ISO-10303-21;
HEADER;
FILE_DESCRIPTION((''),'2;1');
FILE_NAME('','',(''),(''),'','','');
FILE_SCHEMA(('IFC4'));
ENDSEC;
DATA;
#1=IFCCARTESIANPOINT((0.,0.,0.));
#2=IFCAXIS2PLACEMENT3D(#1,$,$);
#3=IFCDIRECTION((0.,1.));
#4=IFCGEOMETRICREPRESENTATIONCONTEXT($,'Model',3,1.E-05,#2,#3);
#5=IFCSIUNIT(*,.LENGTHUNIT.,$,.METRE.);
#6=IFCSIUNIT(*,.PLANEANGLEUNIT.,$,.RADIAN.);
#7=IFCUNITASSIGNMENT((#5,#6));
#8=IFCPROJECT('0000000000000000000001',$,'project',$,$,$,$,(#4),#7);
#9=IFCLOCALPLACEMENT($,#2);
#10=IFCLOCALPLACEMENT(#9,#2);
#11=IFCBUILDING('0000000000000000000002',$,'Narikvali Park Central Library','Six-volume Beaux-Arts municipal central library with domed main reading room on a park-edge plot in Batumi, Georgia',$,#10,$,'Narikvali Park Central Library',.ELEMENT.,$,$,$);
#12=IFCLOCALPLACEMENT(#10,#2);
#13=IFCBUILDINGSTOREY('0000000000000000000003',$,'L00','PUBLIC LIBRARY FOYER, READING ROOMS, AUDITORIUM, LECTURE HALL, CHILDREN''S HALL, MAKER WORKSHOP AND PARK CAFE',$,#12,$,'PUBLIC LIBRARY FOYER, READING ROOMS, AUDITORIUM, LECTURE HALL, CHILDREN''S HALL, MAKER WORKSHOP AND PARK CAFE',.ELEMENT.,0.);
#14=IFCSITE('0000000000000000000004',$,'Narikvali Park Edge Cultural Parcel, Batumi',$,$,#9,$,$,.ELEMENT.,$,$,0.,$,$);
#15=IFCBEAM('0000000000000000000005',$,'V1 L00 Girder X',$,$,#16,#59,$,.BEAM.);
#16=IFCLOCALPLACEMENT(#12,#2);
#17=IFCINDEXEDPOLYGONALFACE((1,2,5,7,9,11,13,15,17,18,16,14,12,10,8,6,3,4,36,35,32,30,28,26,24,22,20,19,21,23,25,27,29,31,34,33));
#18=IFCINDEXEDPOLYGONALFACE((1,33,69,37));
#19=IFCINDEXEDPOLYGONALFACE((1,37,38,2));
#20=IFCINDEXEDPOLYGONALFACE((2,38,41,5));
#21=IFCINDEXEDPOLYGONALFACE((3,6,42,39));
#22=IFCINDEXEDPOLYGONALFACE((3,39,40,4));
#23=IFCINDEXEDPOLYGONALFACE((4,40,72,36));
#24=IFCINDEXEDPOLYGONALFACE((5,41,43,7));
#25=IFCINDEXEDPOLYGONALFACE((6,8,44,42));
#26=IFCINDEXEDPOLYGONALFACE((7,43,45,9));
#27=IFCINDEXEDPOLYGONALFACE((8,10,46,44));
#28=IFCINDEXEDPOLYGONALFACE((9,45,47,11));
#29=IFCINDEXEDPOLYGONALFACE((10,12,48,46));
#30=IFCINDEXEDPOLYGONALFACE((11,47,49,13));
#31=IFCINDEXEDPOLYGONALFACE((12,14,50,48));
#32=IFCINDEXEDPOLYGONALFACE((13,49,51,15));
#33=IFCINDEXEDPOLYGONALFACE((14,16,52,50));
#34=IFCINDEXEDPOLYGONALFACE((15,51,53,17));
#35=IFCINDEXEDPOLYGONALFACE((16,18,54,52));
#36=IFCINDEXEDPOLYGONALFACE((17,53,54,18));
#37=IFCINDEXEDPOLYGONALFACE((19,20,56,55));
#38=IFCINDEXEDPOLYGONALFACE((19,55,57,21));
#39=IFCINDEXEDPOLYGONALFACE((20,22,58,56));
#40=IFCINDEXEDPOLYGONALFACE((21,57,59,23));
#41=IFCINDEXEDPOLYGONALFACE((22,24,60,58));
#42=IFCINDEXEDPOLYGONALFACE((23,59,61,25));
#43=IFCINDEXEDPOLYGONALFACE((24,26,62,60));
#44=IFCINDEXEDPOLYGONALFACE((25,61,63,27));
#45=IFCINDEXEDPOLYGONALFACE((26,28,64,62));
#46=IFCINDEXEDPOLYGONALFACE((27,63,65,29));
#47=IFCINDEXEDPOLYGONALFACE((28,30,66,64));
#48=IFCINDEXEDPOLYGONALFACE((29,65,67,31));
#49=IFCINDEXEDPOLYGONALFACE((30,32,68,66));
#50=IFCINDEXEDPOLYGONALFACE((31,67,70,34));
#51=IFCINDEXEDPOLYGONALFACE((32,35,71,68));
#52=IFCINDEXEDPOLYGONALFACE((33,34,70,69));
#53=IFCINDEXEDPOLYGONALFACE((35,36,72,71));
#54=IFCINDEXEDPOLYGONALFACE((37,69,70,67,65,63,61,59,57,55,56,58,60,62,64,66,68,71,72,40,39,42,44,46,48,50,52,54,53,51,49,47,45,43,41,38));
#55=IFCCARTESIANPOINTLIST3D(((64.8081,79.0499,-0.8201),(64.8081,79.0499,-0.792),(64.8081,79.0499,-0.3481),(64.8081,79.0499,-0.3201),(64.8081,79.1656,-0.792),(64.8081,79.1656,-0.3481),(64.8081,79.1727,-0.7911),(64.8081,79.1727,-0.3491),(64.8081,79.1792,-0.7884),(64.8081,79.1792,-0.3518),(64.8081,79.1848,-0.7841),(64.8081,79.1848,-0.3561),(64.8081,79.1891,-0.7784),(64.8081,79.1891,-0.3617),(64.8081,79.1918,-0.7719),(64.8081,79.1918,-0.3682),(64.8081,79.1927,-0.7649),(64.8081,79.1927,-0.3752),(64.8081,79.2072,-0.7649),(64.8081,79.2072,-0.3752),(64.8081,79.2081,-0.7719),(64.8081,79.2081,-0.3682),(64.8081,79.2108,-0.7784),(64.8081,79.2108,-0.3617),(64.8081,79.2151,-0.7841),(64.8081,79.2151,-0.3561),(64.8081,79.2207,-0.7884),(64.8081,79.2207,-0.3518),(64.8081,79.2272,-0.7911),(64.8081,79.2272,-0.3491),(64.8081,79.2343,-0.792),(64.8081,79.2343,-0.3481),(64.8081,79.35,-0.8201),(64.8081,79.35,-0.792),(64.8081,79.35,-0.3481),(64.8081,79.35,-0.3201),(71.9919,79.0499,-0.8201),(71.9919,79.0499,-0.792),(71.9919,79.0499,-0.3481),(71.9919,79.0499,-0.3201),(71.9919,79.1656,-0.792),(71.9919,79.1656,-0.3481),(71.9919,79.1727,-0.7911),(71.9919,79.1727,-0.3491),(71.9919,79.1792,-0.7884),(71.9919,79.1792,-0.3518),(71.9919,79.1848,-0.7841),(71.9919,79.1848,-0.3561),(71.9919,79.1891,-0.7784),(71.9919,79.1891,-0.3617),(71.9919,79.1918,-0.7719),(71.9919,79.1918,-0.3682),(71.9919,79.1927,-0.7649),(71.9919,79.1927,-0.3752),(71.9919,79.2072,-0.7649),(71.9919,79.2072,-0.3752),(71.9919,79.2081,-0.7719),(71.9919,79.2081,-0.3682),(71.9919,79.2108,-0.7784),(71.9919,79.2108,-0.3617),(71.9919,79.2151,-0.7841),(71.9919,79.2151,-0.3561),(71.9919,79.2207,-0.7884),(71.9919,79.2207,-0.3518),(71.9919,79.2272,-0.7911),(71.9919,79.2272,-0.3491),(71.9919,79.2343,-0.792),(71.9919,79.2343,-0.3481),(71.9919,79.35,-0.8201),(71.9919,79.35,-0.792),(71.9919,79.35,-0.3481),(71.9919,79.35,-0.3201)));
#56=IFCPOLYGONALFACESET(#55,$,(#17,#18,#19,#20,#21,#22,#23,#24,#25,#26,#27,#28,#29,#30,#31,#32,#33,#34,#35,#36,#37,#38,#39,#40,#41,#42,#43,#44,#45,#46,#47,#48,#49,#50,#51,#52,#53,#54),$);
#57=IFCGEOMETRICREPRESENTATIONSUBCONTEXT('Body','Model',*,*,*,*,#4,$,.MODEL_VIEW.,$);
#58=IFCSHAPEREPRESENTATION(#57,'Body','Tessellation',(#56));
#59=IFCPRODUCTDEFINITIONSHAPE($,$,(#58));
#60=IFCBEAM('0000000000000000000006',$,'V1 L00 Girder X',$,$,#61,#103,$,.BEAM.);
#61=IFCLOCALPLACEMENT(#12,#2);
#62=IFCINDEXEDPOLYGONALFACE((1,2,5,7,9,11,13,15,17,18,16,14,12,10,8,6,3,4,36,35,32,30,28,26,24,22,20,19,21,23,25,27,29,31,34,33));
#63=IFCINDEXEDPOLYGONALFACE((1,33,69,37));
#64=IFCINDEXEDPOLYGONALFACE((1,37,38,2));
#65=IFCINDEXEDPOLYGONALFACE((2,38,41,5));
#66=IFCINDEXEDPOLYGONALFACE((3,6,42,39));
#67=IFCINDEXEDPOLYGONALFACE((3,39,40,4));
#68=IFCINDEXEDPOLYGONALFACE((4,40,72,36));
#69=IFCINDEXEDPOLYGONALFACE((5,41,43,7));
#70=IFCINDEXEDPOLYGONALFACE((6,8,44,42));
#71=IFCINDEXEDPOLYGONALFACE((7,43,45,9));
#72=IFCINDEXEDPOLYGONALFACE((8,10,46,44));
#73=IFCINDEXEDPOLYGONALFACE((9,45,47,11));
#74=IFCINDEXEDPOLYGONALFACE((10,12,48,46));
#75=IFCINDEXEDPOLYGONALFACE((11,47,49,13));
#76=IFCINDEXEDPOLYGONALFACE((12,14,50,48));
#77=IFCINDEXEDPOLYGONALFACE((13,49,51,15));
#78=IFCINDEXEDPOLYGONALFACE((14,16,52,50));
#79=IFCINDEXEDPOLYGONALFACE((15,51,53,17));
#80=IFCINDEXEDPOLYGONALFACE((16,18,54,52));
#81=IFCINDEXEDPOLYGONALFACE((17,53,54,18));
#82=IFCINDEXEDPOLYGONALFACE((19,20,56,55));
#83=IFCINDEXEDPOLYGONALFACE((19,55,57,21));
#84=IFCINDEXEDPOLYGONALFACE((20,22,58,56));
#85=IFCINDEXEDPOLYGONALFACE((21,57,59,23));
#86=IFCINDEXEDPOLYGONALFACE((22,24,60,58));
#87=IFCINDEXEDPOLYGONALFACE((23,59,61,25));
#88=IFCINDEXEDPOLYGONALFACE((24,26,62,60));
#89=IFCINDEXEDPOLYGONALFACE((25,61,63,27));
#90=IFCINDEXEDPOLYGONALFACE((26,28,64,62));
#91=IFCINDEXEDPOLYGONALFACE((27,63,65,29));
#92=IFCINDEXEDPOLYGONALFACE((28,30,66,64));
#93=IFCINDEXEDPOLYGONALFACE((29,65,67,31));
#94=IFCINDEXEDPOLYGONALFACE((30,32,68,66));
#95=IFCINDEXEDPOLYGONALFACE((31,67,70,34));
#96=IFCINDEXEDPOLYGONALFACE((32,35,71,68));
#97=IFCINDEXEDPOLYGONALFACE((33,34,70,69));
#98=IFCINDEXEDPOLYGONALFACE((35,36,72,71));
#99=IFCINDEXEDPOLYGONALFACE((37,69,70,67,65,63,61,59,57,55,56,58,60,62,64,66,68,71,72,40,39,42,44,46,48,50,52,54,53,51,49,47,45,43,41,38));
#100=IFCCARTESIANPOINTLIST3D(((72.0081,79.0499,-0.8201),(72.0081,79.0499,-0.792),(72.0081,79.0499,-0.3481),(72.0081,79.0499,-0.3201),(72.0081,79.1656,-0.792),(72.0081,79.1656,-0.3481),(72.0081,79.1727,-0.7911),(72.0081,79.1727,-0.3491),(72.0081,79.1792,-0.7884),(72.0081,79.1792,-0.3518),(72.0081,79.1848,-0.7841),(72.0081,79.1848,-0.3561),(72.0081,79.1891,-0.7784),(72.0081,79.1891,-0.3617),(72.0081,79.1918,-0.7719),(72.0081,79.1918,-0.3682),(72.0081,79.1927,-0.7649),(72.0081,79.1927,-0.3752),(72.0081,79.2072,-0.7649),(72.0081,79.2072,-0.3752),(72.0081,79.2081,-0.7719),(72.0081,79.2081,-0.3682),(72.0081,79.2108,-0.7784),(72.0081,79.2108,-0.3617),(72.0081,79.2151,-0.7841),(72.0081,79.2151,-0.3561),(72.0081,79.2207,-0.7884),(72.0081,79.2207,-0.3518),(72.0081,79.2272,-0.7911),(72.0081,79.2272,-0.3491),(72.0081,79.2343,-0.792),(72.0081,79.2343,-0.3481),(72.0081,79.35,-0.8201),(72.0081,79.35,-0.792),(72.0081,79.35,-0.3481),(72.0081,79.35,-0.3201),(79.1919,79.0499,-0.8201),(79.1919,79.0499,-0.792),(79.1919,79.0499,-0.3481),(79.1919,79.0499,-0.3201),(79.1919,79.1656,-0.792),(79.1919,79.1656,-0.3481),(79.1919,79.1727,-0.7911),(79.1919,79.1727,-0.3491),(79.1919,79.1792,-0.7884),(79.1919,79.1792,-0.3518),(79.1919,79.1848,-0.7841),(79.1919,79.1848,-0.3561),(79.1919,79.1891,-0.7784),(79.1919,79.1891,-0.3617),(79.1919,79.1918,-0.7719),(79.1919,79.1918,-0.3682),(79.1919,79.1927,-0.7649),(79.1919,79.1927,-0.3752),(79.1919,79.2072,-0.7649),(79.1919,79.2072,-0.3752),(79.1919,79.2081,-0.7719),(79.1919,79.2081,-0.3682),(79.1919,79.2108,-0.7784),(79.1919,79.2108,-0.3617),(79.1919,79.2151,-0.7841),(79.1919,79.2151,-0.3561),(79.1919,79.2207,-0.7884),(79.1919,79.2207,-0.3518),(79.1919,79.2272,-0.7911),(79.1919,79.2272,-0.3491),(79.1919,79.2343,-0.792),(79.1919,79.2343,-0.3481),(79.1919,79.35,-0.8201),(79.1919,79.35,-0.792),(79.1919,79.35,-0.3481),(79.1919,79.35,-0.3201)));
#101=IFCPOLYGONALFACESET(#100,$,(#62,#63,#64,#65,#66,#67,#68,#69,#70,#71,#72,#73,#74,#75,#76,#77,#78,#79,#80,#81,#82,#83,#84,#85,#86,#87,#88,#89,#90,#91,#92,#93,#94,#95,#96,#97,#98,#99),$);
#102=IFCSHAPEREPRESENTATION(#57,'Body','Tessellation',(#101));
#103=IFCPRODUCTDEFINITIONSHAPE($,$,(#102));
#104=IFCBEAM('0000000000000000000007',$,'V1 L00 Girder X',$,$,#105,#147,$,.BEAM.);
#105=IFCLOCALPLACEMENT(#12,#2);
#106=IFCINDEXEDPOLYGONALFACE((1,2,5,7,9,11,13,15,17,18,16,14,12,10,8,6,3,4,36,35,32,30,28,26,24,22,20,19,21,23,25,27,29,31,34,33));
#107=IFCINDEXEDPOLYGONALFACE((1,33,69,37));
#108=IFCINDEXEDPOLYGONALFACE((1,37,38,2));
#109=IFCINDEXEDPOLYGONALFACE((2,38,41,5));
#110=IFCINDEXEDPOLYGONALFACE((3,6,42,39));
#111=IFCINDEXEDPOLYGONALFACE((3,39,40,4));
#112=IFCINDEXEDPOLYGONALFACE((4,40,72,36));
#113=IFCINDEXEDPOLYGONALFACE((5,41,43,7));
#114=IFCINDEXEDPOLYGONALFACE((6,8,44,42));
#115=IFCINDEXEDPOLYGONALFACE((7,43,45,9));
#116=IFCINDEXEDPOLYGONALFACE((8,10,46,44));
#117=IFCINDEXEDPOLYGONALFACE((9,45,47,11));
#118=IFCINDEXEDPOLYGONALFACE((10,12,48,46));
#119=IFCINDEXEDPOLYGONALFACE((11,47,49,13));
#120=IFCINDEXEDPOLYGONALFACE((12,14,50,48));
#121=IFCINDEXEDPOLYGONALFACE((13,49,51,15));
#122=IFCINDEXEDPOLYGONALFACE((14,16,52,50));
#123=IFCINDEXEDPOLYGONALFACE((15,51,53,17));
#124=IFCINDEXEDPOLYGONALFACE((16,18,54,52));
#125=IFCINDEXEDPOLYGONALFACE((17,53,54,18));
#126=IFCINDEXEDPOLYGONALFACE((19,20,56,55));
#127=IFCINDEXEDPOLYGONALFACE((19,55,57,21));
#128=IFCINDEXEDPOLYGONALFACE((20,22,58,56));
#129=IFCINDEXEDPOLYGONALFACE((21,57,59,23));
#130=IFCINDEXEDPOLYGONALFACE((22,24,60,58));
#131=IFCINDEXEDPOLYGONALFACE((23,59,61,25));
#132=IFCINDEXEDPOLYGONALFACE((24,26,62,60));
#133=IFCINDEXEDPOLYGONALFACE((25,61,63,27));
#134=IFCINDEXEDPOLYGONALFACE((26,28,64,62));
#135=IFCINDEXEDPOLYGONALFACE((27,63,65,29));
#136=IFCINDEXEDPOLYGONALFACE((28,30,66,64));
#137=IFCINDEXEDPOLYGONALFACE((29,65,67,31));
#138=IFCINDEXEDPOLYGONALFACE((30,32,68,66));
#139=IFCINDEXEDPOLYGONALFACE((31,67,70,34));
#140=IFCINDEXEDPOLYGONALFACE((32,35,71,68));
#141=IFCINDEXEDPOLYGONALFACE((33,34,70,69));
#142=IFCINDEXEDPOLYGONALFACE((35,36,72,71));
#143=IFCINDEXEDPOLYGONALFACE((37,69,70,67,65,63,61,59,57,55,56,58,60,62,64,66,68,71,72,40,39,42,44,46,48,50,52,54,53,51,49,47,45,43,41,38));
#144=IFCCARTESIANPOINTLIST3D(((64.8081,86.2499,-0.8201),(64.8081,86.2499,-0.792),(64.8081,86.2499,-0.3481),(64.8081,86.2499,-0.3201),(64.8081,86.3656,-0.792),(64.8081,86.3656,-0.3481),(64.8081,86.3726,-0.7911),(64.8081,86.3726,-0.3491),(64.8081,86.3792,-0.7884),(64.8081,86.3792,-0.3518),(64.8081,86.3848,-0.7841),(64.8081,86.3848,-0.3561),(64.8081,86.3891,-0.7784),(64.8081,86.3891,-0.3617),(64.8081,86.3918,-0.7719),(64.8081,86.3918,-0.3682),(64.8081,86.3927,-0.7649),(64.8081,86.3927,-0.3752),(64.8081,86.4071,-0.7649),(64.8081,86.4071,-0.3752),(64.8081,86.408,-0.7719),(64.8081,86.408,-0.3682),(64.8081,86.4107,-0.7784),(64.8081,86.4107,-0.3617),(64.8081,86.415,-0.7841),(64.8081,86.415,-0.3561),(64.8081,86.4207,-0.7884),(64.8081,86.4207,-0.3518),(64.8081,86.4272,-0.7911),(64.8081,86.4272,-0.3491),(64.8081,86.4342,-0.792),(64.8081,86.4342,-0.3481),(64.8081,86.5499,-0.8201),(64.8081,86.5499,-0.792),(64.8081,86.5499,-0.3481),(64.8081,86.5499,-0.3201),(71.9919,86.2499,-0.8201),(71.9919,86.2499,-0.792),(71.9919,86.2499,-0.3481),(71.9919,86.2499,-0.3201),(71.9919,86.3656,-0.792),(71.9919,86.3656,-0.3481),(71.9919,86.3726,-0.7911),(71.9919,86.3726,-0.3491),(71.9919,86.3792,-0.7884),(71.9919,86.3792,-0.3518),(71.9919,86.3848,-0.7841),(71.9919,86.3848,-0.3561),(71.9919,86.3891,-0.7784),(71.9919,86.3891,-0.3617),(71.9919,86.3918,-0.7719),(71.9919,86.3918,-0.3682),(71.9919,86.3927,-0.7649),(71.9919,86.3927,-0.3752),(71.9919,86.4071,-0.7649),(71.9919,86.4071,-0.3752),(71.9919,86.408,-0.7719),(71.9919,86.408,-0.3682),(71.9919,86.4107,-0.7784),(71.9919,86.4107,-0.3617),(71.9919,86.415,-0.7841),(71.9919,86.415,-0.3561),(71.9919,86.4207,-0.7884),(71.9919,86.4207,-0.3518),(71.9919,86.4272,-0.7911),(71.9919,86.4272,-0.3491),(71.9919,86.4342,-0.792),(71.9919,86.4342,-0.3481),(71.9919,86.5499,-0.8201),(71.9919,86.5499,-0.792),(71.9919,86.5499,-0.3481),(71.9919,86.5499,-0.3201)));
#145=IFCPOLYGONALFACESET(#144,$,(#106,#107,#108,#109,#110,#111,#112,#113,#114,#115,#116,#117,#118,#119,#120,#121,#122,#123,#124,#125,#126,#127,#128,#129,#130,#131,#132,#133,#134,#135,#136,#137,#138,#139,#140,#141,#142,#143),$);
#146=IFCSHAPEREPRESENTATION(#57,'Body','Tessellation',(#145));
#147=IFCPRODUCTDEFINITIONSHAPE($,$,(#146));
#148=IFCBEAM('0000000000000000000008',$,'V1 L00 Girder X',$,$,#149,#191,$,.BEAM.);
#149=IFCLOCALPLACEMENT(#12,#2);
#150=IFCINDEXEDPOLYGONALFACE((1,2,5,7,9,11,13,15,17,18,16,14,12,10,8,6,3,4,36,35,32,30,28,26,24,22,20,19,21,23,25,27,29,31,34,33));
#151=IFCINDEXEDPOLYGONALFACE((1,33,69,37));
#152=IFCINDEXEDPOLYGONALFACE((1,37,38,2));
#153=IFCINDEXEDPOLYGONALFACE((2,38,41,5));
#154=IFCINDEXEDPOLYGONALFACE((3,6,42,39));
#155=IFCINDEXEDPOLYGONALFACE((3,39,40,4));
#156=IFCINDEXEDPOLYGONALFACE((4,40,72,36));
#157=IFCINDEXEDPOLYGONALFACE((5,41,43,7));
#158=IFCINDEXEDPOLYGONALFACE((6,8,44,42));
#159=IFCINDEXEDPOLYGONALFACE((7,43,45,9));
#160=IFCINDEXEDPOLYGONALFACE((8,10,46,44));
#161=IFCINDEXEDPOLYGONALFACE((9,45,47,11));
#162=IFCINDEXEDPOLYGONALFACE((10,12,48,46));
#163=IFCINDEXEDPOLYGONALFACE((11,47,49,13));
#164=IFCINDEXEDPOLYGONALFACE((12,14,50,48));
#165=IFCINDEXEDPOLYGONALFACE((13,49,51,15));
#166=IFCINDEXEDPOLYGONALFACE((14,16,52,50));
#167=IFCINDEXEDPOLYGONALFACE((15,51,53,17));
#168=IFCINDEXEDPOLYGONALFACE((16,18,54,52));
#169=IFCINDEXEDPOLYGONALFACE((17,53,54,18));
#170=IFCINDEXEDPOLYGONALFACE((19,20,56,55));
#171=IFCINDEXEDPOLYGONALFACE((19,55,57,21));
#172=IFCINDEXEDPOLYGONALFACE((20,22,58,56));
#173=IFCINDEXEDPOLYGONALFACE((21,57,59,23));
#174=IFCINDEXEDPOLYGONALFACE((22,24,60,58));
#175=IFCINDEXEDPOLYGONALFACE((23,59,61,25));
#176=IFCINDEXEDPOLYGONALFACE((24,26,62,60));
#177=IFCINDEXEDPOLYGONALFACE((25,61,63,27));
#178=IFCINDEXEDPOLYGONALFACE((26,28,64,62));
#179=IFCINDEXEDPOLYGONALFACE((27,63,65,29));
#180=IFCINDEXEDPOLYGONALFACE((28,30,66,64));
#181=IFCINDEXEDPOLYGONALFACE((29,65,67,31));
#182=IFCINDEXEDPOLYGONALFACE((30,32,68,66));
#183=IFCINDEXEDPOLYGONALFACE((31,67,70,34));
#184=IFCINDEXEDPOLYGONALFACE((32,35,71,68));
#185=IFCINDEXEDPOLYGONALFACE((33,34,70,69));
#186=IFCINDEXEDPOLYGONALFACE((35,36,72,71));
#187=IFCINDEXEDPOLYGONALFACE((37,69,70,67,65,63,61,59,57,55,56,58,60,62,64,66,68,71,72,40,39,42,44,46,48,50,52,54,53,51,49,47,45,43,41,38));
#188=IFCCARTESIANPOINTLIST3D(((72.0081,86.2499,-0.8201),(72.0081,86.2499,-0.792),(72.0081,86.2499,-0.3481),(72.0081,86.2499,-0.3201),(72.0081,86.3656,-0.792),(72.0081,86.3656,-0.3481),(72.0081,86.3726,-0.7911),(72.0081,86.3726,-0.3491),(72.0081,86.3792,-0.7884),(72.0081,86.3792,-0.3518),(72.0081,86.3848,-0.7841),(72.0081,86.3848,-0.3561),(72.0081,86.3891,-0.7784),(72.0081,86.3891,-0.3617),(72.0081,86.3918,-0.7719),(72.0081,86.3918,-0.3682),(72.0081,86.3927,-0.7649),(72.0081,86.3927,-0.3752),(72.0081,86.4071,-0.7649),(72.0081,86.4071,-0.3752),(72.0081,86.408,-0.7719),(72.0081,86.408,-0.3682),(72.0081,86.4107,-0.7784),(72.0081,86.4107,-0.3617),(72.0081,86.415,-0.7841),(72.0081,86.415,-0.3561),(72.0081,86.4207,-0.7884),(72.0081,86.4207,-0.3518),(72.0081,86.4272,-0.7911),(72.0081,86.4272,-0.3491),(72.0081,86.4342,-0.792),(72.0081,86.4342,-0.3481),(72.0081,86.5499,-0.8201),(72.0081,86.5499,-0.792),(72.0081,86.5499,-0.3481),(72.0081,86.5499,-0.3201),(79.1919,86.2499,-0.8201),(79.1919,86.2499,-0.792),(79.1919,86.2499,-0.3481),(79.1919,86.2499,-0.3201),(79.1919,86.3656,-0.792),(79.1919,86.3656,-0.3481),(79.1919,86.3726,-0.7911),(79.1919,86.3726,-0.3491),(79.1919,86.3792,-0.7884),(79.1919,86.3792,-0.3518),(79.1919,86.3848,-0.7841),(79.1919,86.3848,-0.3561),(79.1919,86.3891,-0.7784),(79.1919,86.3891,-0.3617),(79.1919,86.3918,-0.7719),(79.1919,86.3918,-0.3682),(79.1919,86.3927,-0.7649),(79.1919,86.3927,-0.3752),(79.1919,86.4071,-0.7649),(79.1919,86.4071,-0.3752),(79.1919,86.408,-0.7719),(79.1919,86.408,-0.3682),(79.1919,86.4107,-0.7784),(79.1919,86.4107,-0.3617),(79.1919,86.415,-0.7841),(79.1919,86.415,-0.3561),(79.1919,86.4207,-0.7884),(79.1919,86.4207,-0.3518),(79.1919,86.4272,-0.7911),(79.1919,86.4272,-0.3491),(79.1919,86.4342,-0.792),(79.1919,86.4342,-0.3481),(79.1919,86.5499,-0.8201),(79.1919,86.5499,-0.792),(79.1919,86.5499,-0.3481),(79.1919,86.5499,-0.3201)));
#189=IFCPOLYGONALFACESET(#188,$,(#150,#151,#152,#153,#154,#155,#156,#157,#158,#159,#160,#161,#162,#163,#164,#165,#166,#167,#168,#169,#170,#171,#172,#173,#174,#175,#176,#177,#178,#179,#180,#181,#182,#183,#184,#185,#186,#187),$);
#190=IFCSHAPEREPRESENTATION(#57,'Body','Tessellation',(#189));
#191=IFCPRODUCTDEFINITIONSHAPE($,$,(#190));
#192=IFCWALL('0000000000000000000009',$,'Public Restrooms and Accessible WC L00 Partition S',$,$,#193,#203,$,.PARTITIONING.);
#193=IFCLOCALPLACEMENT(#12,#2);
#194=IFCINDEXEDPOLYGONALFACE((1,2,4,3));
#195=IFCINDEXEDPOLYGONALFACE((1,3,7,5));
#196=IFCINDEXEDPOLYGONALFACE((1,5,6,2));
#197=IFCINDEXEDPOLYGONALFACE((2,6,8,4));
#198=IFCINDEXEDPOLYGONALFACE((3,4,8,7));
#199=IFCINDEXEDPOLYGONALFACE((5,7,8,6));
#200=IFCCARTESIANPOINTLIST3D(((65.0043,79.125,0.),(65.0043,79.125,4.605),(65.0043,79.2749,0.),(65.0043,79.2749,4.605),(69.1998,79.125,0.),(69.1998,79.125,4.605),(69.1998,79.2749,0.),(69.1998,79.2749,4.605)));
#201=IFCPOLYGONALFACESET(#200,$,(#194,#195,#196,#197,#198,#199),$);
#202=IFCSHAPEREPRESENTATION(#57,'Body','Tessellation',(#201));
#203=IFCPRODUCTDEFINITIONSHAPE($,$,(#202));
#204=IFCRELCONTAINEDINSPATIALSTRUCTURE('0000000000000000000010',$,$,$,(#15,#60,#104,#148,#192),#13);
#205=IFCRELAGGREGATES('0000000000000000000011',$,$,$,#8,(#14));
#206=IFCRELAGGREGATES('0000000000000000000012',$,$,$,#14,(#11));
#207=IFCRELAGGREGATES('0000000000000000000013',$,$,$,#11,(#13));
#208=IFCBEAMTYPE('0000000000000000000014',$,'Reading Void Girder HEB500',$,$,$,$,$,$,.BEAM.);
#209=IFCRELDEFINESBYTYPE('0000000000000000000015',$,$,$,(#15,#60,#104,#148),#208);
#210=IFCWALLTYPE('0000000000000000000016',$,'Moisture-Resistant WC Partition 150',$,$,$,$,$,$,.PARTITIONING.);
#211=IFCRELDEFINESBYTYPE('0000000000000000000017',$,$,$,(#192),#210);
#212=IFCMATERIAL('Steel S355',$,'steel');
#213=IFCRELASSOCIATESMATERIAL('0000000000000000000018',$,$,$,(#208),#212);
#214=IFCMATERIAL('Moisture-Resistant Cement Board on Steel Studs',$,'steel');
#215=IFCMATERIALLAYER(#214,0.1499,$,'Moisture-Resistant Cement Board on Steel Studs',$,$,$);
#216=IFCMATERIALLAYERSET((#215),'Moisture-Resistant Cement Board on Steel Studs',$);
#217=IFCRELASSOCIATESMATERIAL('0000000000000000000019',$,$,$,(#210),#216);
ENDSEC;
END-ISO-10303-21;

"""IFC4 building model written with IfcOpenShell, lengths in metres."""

from ifc_helpers import new_model, si_unit, direction, frame, frame_2d, origin, origin_2d, place, context, subcontext, project, spatial, rectangle, i_section, extrude, material, layer, layer_set, material_profile, profile_set, type_object, element, save


model = new_model("IFC4")

# Units and contexts
model_context = context("Model", 3, precision=1e-05, world=origin(), true_north=direction((0.0, 1.0)))
body_context = subcontext(model_context, "Body", "Model", "MODEL_VIEW")
ifc_project = project(units=[si_unit("LENGTHUNIT", "METRE"), si_unit("PLANEANGLEUNIT", "RADIAN")], contexts=[model_context])

# Site, building, storey
site_placement = place(None, origin())
site = spatial("IfcSite", under=ifc_project, at=site_placement, Name="Narikvali Park Edge Cultural Parcel, Batumi", CompositionType="ELEMENT", RefElevation=0.0)
building_placement = place(site_placement, origin())
building = spatial("IfcBuilding", under=site, at=building_placement, Name="Narikvali Park Central Library", Description="Six-volume Beaux-Arts municipal central library with domed main reading room on a park-edge plot in Batumi, Georgia", LongName="Narikvali Park Central Library", CompositionType="ELEMENT")
storey_placement = place(building_placement, origin())
storey = spatial("IfcBuildingStorey", under=building, at=storey_placement, Name="L00", Description="PUBLIC LIBRARY FOYER, READING ROOMS, AUDITORIUM, LECTURE HALL, CHILDREN'S HALL, MAKER WORKSHOP AND PARK CAFE", LongName="PUBLIC LIBRARY FOYER, READING ROOMS, AUDITORIUM, LECTURE HALL, CHILDREN'S HALL, MAKER WORKSHOP AND PARK CAFE", CompositionType="ELEMENT", Elevation=0.0)

# Shared definitions
ifc_material_1 = material(Name="Steel S355", Category="steel")

# Beams
ifc_material_profile_1 = material_profile(ifc_material_1, i_section(OverallWidth=0.3, OverallDepth=0.5, WebThickness=0.0144, FlangeThickness=0.0281, FilletRadius=0.0271, at=origin_2d()), Name="HEB 500")
ifc_profile_set_1 = profile_set([ifc_material_profile_1], Name="Steel S355")
beam_type_1 = type_object("IfcBeamType", Name="Reading Void Girder HEB500", PredefinedType="BEAM", material=ifc_profile_set_1)
for number, where, z_axis, x_axis, name in (
    (1, (64.8081, 79.2, -0.5701), (1.0, 0.0, 0.0), (0.0, 1.0, 0.0), "V1 L00 Girder X"),
    (2, (72.0081, 79.2, -0.5701), (1.0, 0.0, 0.0), (0.0, 1.0, 0.0), "V1 L00 Girder X"),
    (3, (64.8081, 86.3999, -0.5701), (1.0, 0.0, 0.0), (0.0, 1.0, 0.0), "V1 L00 Girder X"),
    (4, (72.0081, 86.3999, -0.5701), (1.0, 0.0, 0.0), (0.0, 1.0, 0.0), "V1 L00 Girder X"),
):
    element("IfcBeam", number, at=place(storey_placement, frame(where, z_axis=z_axis, x_axis=x_axis)), inside=storey, type_object=beam_type_1, Name=name, PredefinedType="BEAM", context=body_context, shape_type="SweptSolid", body=[
        extrude(i_section(OverallWidth=0.3, OverallDepth=0.5, WebThickness=0.0144, FlangeThickness=0.0281, FilletRadius=0.0271, at=origin_2d()), origin(), (0.0, 0.0, 1.0), 7.1838),
    ])

# Wall
ifc_material_2 = material(Name="Moisture-Resistant Cement Board on Steel Studs", Category="steel")
ifc_layer_1 = layer(ifc_material_2, 0.1499, Name="Moisture-Resistant Cement Board on Steel Studs")
ifc_layer_set_1 = layer_set([ifc_layer_1], Name="Moisture-Resistant Cement Board on Steel Studs")
wall_type_1 = type_object("IfcWallType", Name="Moisture-Resistant WC Partition 150", PredefinedType="PARTITIONING", material=ifc_layer_set_1)
wall_1_placement = place(storey_placement, frame((65.0044, 79.2, 0.0), z_axis=(0.0, 0.0, 1.0), x_axis=(1.0, 0.0, 0.0)))
element("IfcWall", 5, at=wall_1_placement, inside=storey, type_object=wall_type_1, Name="Public Restrooms and Accessible WC L00 Partition S", PredefinedType="PARTITIONING", context=body_context, shape_type="SweptSolid", body=[
    extrude(rectangle(XDim=4.1956, YDim=0.1499, at=frame_2d((2.0977, 0.0))), origin(), (0.0, 0.0, 1.0), 4.605),
])

save(model, "model.ifc")
